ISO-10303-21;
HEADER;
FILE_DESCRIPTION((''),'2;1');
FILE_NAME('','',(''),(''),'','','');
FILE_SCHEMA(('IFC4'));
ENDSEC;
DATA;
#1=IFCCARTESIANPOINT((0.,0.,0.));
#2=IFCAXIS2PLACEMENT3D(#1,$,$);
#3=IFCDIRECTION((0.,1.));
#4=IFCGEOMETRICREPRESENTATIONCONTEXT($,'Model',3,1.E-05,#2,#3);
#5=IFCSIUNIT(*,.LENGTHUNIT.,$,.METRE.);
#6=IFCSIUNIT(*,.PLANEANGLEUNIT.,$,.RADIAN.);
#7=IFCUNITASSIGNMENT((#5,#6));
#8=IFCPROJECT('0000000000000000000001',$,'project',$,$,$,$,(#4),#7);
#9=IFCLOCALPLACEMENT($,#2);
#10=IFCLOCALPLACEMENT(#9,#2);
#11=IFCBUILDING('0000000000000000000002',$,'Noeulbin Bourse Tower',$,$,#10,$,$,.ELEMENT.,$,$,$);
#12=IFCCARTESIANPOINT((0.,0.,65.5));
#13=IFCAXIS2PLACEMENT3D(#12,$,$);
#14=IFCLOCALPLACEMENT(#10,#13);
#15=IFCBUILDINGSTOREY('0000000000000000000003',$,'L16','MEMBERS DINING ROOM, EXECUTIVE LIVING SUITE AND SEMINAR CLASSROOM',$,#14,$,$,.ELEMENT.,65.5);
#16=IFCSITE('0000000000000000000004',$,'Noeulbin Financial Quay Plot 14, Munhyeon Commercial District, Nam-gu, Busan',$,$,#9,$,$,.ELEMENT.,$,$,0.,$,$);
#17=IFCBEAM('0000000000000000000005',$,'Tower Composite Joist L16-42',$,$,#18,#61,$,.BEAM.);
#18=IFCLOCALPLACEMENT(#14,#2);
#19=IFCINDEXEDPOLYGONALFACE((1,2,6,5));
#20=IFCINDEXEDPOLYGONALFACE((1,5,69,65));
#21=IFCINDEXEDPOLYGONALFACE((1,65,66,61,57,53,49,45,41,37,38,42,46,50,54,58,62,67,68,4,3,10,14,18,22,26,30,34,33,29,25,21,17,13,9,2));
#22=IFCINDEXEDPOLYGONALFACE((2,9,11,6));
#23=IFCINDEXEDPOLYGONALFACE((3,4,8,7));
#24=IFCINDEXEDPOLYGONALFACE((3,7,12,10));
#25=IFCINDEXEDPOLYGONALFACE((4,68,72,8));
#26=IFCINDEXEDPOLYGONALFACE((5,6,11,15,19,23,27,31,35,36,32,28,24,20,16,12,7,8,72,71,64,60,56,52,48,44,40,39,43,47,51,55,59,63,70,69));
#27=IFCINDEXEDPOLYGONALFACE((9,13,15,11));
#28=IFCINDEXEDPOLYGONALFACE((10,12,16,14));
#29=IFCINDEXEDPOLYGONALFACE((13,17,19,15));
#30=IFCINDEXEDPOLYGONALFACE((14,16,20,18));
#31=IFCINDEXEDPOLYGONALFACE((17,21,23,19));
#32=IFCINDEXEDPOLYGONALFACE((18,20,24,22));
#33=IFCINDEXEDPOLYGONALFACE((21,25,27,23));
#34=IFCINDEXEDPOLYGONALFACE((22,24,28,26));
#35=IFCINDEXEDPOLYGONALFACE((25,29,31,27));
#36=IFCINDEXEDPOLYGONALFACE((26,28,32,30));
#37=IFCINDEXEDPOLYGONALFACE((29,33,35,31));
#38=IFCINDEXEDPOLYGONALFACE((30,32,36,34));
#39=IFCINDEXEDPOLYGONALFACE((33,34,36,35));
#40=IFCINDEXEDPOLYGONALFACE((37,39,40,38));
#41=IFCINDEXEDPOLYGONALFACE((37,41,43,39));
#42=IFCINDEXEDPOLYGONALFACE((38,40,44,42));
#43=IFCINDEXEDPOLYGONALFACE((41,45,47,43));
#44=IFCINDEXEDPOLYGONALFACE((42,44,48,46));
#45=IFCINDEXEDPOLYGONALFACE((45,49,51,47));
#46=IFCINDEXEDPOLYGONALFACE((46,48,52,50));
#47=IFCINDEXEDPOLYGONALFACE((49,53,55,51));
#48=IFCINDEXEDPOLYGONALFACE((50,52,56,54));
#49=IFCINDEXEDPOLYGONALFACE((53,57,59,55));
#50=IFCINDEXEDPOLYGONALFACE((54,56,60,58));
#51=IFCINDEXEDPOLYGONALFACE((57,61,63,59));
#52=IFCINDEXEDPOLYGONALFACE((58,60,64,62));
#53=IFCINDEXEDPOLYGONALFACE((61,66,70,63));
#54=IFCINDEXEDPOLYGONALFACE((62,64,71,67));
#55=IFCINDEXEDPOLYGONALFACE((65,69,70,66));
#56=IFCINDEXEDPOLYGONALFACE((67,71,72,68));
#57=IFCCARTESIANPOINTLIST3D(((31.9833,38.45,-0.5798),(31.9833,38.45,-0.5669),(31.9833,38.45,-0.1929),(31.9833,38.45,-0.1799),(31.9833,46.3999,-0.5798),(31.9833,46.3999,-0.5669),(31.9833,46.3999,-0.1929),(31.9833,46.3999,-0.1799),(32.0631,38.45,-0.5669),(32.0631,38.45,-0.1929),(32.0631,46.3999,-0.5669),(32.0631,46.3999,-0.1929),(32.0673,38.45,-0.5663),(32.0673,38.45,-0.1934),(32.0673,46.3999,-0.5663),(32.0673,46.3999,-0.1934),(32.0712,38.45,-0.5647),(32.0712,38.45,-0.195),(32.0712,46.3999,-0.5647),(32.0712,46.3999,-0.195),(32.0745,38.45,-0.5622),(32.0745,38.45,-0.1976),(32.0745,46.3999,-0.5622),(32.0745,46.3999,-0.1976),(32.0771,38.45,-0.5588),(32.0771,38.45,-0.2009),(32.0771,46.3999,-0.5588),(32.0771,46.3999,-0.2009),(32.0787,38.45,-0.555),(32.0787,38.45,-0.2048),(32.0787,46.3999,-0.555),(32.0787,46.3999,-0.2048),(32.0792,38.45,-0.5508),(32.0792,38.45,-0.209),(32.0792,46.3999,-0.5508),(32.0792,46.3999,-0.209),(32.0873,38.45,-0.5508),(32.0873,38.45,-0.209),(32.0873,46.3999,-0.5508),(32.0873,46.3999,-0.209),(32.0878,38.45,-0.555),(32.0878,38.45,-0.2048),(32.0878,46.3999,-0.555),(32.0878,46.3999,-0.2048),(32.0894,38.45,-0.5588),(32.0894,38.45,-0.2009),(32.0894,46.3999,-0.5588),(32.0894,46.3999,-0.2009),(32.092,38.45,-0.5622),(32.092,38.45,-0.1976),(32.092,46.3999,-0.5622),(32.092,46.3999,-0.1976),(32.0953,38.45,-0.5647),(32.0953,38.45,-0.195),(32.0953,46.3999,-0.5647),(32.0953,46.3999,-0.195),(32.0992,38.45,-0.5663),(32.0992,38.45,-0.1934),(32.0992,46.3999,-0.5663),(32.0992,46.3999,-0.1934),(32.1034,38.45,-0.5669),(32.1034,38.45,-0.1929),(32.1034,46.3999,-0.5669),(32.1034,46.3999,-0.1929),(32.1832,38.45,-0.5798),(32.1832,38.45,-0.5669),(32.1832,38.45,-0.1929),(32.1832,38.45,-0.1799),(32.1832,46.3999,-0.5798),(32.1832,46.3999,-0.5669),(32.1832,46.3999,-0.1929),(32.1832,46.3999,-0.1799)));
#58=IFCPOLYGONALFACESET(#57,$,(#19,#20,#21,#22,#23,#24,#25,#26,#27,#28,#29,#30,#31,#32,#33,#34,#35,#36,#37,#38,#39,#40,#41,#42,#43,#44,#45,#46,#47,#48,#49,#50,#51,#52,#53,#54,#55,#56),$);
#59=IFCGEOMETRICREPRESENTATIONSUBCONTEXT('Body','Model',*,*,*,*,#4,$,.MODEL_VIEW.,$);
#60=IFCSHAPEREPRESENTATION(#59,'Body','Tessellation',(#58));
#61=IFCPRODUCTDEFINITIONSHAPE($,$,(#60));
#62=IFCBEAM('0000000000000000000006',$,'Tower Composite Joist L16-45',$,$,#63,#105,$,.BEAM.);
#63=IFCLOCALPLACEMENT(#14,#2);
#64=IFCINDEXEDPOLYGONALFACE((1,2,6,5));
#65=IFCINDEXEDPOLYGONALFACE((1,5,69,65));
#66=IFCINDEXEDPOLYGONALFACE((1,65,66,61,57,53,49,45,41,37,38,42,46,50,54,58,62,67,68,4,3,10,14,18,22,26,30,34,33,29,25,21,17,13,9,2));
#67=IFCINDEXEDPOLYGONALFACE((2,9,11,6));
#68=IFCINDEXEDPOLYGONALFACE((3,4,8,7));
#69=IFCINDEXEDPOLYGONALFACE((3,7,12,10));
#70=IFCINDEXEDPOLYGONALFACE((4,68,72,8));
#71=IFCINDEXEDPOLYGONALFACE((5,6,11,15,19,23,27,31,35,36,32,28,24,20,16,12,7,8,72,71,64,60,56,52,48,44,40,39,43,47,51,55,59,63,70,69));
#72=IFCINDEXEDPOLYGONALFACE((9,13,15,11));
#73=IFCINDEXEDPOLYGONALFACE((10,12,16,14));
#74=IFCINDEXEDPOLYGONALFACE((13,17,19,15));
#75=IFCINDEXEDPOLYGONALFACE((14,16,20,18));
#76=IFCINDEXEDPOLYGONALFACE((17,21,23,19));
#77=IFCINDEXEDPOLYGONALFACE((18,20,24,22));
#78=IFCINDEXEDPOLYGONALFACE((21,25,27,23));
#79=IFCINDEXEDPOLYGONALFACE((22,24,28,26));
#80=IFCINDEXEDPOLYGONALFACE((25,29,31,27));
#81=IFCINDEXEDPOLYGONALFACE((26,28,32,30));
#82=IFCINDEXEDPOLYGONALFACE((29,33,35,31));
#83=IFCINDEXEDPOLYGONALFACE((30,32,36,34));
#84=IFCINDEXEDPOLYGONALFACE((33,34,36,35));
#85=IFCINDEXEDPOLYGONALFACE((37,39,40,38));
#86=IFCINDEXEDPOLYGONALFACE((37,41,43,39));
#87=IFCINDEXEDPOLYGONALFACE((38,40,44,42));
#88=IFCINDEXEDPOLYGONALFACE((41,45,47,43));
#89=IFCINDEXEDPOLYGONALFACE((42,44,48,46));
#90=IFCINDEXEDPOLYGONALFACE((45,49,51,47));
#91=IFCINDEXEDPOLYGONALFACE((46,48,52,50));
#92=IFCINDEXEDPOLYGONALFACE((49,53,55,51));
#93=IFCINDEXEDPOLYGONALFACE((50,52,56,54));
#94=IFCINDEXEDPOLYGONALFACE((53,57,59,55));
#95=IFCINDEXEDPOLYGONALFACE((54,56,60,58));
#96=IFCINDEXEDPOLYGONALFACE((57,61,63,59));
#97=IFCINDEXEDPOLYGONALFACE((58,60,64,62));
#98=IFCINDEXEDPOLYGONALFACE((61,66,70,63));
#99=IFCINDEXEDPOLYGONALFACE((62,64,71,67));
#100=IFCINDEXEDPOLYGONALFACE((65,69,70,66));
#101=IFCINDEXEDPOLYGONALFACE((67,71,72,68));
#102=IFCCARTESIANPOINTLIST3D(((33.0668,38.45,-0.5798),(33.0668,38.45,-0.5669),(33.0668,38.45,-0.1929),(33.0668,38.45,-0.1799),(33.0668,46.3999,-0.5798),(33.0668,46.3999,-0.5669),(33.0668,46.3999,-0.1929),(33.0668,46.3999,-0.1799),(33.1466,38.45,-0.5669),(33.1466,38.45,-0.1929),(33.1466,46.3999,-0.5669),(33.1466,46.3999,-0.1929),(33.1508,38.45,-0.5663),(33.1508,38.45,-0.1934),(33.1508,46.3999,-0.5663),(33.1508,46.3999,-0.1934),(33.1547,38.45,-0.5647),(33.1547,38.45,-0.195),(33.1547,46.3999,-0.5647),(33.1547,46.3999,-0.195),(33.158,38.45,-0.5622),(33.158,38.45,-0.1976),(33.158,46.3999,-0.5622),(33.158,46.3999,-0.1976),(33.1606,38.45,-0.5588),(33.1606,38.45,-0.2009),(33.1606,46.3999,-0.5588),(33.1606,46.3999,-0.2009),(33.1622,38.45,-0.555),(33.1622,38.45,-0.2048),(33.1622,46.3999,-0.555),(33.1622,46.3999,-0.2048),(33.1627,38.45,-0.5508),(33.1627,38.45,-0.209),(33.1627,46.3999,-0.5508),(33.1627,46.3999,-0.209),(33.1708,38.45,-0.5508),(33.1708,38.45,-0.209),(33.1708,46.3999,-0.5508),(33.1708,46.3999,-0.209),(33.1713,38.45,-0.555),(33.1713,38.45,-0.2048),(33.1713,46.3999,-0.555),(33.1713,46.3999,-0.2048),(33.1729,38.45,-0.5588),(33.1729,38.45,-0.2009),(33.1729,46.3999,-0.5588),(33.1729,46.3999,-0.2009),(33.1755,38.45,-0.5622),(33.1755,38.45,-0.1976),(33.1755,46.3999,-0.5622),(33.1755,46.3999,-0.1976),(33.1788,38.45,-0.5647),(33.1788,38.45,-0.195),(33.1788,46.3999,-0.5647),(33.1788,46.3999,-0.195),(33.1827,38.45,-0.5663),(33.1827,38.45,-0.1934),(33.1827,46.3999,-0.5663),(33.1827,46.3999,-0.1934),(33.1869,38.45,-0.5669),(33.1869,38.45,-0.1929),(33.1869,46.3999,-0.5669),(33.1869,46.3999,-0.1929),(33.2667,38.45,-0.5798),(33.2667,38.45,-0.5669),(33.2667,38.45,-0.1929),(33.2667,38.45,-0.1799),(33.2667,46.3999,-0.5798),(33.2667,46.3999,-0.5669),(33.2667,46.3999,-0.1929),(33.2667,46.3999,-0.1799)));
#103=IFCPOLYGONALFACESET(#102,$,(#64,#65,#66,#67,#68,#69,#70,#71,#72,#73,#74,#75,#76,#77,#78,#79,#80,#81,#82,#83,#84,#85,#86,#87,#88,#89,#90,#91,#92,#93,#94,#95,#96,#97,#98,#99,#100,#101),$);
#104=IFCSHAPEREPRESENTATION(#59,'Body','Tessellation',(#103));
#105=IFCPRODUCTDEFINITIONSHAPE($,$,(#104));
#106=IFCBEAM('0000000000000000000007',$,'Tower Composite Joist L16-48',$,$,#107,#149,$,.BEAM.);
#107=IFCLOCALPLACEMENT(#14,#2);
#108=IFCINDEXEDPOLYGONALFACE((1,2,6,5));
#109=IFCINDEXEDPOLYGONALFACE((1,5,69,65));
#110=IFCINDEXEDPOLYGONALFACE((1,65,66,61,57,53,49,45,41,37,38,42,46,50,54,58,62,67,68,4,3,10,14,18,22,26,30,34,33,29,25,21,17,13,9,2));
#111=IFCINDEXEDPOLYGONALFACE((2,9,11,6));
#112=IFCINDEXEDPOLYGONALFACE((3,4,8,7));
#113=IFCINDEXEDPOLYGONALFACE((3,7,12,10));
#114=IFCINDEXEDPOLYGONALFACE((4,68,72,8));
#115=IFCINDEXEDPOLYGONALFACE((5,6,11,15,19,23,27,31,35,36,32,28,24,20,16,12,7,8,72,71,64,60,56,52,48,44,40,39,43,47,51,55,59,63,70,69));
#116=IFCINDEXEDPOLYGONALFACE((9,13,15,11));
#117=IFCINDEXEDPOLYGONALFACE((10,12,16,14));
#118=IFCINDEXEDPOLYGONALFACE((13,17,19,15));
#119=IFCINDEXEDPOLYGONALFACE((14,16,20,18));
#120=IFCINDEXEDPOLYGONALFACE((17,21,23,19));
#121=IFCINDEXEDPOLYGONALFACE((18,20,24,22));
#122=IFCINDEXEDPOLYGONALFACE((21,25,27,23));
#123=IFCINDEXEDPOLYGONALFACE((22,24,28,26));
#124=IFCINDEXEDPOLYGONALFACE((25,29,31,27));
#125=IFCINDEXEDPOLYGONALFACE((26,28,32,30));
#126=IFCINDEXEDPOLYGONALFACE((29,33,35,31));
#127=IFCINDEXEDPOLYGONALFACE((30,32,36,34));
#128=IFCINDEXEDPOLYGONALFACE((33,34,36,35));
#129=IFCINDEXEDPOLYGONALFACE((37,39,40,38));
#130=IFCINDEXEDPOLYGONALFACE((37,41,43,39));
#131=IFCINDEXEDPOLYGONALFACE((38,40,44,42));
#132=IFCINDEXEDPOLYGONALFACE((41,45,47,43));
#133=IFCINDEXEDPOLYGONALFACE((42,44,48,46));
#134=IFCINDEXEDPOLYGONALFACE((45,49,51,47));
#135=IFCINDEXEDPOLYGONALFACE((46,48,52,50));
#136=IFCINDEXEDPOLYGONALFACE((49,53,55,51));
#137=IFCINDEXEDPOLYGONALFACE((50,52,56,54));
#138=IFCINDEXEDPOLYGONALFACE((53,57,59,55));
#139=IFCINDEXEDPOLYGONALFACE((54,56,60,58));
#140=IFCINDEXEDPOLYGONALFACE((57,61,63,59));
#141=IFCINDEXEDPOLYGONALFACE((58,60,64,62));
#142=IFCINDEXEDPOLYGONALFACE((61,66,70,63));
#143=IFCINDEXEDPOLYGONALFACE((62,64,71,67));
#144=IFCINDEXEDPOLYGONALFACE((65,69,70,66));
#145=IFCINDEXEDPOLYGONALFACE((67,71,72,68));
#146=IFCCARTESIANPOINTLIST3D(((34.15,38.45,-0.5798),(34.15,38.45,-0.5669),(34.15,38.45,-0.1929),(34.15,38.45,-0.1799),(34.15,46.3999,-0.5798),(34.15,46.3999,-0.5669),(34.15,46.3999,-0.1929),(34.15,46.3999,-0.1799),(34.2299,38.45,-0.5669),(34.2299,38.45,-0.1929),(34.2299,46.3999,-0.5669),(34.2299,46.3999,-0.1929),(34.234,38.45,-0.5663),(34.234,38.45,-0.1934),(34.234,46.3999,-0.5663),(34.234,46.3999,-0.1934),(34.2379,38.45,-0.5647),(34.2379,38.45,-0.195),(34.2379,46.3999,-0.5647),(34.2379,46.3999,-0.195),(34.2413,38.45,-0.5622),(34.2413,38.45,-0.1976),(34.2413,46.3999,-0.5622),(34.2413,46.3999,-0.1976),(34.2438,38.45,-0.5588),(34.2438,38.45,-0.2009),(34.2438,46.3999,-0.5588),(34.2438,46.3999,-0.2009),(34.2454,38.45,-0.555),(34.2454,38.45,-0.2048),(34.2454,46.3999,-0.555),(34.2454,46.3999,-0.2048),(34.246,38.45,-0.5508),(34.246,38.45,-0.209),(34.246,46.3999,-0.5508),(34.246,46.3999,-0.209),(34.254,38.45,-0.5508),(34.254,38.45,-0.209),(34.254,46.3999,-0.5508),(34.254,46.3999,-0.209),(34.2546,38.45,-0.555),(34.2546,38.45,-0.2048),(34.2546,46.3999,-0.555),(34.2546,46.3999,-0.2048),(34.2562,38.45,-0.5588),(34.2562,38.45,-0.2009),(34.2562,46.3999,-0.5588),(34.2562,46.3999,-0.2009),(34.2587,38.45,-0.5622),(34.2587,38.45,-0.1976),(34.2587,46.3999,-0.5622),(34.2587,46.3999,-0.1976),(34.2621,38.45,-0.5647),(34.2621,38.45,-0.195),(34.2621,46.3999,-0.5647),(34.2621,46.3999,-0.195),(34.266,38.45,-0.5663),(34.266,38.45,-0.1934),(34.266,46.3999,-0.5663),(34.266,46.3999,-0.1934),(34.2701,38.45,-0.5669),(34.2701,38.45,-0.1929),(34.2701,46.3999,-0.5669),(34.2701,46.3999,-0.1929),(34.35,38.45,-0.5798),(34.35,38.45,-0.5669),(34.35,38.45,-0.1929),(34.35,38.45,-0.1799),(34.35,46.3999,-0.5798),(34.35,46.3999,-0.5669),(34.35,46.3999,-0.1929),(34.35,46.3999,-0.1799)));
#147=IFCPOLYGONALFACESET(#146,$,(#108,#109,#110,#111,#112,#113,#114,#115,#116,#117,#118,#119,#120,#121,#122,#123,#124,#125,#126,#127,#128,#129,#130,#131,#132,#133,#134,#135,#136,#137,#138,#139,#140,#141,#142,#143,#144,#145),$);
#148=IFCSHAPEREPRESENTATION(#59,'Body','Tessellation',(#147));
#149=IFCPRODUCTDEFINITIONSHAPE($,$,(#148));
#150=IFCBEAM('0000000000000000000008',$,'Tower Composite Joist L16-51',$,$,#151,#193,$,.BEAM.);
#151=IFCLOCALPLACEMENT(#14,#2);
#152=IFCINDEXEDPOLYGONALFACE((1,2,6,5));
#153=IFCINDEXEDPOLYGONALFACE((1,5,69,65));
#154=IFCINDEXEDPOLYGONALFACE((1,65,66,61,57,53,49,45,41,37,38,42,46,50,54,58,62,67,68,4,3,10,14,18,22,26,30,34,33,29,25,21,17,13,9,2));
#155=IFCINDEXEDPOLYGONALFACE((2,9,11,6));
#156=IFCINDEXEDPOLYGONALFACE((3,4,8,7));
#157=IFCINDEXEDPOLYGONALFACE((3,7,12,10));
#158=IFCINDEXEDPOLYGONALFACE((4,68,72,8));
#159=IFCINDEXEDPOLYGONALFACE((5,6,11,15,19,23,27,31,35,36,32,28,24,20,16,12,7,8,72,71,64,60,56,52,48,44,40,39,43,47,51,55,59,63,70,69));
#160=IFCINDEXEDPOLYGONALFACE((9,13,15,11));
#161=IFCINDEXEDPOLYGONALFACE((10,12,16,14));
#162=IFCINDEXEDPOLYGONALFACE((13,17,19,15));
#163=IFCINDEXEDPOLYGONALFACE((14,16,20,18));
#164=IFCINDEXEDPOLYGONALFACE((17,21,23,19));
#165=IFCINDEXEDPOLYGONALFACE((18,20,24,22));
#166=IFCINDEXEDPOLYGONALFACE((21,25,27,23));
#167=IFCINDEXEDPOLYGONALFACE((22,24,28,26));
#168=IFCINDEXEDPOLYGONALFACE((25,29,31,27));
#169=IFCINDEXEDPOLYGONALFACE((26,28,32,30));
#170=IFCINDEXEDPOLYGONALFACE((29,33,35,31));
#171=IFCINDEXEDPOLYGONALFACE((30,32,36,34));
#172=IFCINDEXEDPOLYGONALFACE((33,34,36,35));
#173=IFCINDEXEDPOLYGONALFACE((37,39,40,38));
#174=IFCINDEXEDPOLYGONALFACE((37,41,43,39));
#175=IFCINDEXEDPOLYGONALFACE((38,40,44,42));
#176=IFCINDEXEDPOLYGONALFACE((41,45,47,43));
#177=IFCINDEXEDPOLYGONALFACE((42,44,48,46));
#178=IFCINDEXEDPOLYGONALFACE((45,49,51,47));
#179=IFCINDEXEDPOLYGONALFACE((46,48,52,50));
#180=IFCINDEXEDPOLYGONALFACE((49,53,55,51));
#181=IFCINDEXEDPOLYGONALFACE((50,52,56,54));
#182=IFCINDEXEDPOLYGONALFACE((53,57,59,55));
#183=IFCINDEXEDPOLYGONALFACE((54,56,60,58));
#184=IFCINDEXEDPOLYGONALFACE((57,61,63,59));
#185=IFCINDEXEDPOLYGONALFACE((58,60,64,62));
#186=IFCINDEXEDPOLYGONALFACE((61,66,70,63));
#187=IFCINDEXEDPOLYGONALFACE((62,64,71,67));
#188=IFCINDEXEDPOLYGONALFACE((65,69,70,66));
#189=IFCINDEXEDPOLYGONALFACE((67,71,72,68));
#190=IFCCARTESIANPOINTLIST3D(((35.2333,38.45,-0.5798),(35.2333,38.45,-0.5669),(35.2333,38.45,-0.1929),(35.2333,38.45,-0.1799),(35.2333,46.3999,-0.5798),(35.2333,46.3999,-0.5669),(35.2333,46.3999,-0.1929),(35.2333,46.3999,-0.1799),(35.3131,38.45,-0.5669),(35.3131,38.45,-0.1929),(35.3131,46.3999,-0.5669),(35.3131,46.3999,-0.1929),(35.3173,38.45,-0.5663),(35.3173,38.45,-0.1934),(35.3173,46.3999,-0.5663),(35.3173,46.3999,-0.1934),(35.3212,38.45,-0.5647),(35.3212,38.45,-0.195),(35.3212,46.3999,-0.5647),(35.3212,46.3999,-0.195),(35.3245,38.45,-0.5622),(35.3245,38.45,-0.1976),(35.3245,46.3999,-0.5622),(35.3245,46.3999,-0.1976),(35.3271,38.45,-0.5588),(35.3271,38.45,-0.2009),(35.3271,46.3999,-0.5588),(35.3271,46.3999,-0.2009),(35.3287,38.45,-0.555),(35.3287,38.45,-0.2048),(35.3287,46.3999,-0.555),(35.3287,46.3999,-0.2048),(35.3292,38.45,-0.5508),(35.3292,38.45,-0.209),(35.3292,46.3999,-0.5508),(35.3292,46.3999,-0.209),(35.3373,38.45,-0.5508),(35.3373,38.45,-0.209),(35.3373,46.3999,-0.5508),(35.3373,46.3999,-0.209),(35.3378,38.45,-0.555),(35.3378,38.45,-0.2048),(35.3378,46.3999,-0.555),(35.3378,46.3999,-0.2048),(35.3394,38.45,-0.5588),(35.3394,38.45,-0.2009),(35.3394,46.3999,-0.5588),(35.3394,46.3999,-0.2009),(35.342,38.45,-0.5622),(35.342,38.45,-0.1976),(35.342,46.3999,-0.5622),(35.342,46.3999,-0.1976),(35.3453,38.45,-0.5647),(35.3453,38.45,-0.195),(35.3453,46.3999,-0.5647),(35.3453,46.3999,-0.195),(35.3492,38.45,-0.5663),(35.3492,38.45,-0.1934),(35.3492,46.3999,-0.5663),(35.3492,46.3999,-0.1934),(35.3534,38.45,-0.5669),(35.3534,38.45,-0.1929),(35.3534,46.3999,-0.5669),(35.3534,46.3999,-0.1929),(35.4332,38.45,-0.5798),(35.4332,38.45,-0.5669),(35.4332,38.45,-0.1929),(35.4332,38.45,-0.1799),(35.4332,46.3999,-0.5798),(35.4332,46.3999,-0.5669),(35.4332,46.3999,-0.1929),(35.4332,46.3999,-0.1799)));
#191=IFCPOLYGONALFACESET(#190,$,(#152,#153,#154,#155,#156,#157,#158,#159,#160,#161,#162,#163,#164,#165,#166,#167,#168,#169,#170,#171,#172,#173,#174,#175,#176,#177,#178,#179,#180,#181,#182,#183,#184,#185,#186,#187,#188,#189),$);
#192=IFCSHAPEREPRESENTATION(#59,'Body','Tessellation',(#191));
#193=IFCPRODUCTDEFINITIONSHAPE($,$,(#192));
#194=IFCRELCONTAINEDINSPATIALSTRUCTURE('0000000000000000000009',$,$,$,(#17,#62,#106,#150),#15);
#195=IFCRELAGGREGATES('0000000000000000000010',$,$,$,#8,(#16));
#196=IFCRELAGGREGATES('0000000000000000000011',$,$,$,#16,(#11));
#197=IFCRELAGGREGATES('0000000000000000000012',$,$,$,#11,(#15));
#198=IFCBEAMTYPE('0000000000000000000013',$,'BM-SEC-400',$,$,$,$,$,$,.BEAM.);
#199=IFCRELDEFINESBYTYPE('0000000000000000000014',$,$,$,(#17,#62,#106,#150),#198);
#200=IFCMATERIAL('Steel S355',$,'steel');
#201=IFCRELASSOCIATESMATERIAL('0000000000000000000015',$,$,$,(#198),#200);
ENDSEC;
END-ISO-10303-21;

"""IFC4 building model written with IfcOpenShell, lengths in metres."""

from ifc_helpers import new_model, si_unit, direction, frame, origin, origin_2d, place, context, subcontext, project, spatial, i_section, extrude, material, material_profile, profile_set, type_object, element, save


model = new_model("IFC4")

# Units and contexts
model_context = context("Model", 3, precision=1e-05, world=origin(), true_north=direction((0.0, 1.0)))
body_context = subcontext(model_context, "Body", "Model", "MODEL_VIEW")
ifc_project = project(units=[si_unit("LENGTHUNIT", "METRE"), si_unit("PLANEANGLEUNIT", "RADIAN")], contexts=[model_context])

# Site, building, storey
site_placement = place(None, origin())
site = spatial("IfcSite", under=ifc_project, at=site_placement, Name="Noeulbin Financial Quay Plot 14, Munhyeon Commercial District, Nam-gu, Busan", CompositionType="ELEMENT", RefElevation=0.0)
building_placement = place(site_placement, origin())
building = spatial("IfcBuilding", under=site, at=building_placement, Name="Noeulbin Bourse Tower", CompositionType="ELEMENT")
storey_placement = place(building_placement, frame((0.0, 0.0, 65.5)))
storey = spatial("IfcBuildingStorey", under=building, at=storey_placement, Name="L16", Description="MEMBERS DINING ROOM, EXECUTIVE LIVING SUITE AND SEMINAR CLASSROOM", CompositionType="ELEMENT", Elevation=65.5)

# Beams
ifc_material_1 = material(Name="Steel S355", Category="steel")
ifc_material_profile_1 = material_profile(ifc_material_1, i_section(OverallWidth=0.2, OverallDepth=0.3999, WebThickness=0.0081, FlangeThickness=0.0129, FilletRadius=0.0161, at=origin_2d()), Name="H-400x200x8x13", Category="LoadBearing")
ifc_profile_set_1 = profile_set([ifc_material_profile_1], Name="Steel S355")
beam_type_1 = type_object("IfcBeamType", Name="BM-SEC-400", PredefinedType="BEAM", material=ifc_profile_set_1)
for number, where, z_axis, x_axis, name in (
    (1, (32.0833, 38.45, -0.3799), (0.0, 1.0, 0.0), (-1.0, 0.0, 0.0), "Tower Composite Joist L16-42"),
    (2, (33.1667, 38.45, -0.3799), (0.0, 1.0, 0.0), (-1.0, 0.0, 0.0), "Tower Composite Joist L16-45"),
    (3, (34.25, 38.45, -0.3799), (0.0, 1.0, 0.0), (-1.0, 0.0, 0.0), "Tower Composite Joist L16-48"),
    (4, (35.3333, 38.45, -0.3799), (0.0, 1.0, 0.0), (-1.0, 0.0, 0.0), "Tower Composite Joist L16-51"),
):
    element("IfcBeam", number, at=place(storey_placement, frame(where, z_axis=z_axis, x_axis=x_axis)), inside=storey, type_object=beam_type_1, Name=name, PredefinedType="BEAM", context=body_context, shape_type="SweptSolid", body=[
        extrude(i_section(OverallWidth=0.2, OverallDepth=0.3999, WebThickness=0.0081, FlangeThickness=0.0129, FilletRadius=0.0161, at=origin_2d()), origin(), (0.0, 0.0, 1.0), 7.95),
    ])

save(model, "model.ifc")
